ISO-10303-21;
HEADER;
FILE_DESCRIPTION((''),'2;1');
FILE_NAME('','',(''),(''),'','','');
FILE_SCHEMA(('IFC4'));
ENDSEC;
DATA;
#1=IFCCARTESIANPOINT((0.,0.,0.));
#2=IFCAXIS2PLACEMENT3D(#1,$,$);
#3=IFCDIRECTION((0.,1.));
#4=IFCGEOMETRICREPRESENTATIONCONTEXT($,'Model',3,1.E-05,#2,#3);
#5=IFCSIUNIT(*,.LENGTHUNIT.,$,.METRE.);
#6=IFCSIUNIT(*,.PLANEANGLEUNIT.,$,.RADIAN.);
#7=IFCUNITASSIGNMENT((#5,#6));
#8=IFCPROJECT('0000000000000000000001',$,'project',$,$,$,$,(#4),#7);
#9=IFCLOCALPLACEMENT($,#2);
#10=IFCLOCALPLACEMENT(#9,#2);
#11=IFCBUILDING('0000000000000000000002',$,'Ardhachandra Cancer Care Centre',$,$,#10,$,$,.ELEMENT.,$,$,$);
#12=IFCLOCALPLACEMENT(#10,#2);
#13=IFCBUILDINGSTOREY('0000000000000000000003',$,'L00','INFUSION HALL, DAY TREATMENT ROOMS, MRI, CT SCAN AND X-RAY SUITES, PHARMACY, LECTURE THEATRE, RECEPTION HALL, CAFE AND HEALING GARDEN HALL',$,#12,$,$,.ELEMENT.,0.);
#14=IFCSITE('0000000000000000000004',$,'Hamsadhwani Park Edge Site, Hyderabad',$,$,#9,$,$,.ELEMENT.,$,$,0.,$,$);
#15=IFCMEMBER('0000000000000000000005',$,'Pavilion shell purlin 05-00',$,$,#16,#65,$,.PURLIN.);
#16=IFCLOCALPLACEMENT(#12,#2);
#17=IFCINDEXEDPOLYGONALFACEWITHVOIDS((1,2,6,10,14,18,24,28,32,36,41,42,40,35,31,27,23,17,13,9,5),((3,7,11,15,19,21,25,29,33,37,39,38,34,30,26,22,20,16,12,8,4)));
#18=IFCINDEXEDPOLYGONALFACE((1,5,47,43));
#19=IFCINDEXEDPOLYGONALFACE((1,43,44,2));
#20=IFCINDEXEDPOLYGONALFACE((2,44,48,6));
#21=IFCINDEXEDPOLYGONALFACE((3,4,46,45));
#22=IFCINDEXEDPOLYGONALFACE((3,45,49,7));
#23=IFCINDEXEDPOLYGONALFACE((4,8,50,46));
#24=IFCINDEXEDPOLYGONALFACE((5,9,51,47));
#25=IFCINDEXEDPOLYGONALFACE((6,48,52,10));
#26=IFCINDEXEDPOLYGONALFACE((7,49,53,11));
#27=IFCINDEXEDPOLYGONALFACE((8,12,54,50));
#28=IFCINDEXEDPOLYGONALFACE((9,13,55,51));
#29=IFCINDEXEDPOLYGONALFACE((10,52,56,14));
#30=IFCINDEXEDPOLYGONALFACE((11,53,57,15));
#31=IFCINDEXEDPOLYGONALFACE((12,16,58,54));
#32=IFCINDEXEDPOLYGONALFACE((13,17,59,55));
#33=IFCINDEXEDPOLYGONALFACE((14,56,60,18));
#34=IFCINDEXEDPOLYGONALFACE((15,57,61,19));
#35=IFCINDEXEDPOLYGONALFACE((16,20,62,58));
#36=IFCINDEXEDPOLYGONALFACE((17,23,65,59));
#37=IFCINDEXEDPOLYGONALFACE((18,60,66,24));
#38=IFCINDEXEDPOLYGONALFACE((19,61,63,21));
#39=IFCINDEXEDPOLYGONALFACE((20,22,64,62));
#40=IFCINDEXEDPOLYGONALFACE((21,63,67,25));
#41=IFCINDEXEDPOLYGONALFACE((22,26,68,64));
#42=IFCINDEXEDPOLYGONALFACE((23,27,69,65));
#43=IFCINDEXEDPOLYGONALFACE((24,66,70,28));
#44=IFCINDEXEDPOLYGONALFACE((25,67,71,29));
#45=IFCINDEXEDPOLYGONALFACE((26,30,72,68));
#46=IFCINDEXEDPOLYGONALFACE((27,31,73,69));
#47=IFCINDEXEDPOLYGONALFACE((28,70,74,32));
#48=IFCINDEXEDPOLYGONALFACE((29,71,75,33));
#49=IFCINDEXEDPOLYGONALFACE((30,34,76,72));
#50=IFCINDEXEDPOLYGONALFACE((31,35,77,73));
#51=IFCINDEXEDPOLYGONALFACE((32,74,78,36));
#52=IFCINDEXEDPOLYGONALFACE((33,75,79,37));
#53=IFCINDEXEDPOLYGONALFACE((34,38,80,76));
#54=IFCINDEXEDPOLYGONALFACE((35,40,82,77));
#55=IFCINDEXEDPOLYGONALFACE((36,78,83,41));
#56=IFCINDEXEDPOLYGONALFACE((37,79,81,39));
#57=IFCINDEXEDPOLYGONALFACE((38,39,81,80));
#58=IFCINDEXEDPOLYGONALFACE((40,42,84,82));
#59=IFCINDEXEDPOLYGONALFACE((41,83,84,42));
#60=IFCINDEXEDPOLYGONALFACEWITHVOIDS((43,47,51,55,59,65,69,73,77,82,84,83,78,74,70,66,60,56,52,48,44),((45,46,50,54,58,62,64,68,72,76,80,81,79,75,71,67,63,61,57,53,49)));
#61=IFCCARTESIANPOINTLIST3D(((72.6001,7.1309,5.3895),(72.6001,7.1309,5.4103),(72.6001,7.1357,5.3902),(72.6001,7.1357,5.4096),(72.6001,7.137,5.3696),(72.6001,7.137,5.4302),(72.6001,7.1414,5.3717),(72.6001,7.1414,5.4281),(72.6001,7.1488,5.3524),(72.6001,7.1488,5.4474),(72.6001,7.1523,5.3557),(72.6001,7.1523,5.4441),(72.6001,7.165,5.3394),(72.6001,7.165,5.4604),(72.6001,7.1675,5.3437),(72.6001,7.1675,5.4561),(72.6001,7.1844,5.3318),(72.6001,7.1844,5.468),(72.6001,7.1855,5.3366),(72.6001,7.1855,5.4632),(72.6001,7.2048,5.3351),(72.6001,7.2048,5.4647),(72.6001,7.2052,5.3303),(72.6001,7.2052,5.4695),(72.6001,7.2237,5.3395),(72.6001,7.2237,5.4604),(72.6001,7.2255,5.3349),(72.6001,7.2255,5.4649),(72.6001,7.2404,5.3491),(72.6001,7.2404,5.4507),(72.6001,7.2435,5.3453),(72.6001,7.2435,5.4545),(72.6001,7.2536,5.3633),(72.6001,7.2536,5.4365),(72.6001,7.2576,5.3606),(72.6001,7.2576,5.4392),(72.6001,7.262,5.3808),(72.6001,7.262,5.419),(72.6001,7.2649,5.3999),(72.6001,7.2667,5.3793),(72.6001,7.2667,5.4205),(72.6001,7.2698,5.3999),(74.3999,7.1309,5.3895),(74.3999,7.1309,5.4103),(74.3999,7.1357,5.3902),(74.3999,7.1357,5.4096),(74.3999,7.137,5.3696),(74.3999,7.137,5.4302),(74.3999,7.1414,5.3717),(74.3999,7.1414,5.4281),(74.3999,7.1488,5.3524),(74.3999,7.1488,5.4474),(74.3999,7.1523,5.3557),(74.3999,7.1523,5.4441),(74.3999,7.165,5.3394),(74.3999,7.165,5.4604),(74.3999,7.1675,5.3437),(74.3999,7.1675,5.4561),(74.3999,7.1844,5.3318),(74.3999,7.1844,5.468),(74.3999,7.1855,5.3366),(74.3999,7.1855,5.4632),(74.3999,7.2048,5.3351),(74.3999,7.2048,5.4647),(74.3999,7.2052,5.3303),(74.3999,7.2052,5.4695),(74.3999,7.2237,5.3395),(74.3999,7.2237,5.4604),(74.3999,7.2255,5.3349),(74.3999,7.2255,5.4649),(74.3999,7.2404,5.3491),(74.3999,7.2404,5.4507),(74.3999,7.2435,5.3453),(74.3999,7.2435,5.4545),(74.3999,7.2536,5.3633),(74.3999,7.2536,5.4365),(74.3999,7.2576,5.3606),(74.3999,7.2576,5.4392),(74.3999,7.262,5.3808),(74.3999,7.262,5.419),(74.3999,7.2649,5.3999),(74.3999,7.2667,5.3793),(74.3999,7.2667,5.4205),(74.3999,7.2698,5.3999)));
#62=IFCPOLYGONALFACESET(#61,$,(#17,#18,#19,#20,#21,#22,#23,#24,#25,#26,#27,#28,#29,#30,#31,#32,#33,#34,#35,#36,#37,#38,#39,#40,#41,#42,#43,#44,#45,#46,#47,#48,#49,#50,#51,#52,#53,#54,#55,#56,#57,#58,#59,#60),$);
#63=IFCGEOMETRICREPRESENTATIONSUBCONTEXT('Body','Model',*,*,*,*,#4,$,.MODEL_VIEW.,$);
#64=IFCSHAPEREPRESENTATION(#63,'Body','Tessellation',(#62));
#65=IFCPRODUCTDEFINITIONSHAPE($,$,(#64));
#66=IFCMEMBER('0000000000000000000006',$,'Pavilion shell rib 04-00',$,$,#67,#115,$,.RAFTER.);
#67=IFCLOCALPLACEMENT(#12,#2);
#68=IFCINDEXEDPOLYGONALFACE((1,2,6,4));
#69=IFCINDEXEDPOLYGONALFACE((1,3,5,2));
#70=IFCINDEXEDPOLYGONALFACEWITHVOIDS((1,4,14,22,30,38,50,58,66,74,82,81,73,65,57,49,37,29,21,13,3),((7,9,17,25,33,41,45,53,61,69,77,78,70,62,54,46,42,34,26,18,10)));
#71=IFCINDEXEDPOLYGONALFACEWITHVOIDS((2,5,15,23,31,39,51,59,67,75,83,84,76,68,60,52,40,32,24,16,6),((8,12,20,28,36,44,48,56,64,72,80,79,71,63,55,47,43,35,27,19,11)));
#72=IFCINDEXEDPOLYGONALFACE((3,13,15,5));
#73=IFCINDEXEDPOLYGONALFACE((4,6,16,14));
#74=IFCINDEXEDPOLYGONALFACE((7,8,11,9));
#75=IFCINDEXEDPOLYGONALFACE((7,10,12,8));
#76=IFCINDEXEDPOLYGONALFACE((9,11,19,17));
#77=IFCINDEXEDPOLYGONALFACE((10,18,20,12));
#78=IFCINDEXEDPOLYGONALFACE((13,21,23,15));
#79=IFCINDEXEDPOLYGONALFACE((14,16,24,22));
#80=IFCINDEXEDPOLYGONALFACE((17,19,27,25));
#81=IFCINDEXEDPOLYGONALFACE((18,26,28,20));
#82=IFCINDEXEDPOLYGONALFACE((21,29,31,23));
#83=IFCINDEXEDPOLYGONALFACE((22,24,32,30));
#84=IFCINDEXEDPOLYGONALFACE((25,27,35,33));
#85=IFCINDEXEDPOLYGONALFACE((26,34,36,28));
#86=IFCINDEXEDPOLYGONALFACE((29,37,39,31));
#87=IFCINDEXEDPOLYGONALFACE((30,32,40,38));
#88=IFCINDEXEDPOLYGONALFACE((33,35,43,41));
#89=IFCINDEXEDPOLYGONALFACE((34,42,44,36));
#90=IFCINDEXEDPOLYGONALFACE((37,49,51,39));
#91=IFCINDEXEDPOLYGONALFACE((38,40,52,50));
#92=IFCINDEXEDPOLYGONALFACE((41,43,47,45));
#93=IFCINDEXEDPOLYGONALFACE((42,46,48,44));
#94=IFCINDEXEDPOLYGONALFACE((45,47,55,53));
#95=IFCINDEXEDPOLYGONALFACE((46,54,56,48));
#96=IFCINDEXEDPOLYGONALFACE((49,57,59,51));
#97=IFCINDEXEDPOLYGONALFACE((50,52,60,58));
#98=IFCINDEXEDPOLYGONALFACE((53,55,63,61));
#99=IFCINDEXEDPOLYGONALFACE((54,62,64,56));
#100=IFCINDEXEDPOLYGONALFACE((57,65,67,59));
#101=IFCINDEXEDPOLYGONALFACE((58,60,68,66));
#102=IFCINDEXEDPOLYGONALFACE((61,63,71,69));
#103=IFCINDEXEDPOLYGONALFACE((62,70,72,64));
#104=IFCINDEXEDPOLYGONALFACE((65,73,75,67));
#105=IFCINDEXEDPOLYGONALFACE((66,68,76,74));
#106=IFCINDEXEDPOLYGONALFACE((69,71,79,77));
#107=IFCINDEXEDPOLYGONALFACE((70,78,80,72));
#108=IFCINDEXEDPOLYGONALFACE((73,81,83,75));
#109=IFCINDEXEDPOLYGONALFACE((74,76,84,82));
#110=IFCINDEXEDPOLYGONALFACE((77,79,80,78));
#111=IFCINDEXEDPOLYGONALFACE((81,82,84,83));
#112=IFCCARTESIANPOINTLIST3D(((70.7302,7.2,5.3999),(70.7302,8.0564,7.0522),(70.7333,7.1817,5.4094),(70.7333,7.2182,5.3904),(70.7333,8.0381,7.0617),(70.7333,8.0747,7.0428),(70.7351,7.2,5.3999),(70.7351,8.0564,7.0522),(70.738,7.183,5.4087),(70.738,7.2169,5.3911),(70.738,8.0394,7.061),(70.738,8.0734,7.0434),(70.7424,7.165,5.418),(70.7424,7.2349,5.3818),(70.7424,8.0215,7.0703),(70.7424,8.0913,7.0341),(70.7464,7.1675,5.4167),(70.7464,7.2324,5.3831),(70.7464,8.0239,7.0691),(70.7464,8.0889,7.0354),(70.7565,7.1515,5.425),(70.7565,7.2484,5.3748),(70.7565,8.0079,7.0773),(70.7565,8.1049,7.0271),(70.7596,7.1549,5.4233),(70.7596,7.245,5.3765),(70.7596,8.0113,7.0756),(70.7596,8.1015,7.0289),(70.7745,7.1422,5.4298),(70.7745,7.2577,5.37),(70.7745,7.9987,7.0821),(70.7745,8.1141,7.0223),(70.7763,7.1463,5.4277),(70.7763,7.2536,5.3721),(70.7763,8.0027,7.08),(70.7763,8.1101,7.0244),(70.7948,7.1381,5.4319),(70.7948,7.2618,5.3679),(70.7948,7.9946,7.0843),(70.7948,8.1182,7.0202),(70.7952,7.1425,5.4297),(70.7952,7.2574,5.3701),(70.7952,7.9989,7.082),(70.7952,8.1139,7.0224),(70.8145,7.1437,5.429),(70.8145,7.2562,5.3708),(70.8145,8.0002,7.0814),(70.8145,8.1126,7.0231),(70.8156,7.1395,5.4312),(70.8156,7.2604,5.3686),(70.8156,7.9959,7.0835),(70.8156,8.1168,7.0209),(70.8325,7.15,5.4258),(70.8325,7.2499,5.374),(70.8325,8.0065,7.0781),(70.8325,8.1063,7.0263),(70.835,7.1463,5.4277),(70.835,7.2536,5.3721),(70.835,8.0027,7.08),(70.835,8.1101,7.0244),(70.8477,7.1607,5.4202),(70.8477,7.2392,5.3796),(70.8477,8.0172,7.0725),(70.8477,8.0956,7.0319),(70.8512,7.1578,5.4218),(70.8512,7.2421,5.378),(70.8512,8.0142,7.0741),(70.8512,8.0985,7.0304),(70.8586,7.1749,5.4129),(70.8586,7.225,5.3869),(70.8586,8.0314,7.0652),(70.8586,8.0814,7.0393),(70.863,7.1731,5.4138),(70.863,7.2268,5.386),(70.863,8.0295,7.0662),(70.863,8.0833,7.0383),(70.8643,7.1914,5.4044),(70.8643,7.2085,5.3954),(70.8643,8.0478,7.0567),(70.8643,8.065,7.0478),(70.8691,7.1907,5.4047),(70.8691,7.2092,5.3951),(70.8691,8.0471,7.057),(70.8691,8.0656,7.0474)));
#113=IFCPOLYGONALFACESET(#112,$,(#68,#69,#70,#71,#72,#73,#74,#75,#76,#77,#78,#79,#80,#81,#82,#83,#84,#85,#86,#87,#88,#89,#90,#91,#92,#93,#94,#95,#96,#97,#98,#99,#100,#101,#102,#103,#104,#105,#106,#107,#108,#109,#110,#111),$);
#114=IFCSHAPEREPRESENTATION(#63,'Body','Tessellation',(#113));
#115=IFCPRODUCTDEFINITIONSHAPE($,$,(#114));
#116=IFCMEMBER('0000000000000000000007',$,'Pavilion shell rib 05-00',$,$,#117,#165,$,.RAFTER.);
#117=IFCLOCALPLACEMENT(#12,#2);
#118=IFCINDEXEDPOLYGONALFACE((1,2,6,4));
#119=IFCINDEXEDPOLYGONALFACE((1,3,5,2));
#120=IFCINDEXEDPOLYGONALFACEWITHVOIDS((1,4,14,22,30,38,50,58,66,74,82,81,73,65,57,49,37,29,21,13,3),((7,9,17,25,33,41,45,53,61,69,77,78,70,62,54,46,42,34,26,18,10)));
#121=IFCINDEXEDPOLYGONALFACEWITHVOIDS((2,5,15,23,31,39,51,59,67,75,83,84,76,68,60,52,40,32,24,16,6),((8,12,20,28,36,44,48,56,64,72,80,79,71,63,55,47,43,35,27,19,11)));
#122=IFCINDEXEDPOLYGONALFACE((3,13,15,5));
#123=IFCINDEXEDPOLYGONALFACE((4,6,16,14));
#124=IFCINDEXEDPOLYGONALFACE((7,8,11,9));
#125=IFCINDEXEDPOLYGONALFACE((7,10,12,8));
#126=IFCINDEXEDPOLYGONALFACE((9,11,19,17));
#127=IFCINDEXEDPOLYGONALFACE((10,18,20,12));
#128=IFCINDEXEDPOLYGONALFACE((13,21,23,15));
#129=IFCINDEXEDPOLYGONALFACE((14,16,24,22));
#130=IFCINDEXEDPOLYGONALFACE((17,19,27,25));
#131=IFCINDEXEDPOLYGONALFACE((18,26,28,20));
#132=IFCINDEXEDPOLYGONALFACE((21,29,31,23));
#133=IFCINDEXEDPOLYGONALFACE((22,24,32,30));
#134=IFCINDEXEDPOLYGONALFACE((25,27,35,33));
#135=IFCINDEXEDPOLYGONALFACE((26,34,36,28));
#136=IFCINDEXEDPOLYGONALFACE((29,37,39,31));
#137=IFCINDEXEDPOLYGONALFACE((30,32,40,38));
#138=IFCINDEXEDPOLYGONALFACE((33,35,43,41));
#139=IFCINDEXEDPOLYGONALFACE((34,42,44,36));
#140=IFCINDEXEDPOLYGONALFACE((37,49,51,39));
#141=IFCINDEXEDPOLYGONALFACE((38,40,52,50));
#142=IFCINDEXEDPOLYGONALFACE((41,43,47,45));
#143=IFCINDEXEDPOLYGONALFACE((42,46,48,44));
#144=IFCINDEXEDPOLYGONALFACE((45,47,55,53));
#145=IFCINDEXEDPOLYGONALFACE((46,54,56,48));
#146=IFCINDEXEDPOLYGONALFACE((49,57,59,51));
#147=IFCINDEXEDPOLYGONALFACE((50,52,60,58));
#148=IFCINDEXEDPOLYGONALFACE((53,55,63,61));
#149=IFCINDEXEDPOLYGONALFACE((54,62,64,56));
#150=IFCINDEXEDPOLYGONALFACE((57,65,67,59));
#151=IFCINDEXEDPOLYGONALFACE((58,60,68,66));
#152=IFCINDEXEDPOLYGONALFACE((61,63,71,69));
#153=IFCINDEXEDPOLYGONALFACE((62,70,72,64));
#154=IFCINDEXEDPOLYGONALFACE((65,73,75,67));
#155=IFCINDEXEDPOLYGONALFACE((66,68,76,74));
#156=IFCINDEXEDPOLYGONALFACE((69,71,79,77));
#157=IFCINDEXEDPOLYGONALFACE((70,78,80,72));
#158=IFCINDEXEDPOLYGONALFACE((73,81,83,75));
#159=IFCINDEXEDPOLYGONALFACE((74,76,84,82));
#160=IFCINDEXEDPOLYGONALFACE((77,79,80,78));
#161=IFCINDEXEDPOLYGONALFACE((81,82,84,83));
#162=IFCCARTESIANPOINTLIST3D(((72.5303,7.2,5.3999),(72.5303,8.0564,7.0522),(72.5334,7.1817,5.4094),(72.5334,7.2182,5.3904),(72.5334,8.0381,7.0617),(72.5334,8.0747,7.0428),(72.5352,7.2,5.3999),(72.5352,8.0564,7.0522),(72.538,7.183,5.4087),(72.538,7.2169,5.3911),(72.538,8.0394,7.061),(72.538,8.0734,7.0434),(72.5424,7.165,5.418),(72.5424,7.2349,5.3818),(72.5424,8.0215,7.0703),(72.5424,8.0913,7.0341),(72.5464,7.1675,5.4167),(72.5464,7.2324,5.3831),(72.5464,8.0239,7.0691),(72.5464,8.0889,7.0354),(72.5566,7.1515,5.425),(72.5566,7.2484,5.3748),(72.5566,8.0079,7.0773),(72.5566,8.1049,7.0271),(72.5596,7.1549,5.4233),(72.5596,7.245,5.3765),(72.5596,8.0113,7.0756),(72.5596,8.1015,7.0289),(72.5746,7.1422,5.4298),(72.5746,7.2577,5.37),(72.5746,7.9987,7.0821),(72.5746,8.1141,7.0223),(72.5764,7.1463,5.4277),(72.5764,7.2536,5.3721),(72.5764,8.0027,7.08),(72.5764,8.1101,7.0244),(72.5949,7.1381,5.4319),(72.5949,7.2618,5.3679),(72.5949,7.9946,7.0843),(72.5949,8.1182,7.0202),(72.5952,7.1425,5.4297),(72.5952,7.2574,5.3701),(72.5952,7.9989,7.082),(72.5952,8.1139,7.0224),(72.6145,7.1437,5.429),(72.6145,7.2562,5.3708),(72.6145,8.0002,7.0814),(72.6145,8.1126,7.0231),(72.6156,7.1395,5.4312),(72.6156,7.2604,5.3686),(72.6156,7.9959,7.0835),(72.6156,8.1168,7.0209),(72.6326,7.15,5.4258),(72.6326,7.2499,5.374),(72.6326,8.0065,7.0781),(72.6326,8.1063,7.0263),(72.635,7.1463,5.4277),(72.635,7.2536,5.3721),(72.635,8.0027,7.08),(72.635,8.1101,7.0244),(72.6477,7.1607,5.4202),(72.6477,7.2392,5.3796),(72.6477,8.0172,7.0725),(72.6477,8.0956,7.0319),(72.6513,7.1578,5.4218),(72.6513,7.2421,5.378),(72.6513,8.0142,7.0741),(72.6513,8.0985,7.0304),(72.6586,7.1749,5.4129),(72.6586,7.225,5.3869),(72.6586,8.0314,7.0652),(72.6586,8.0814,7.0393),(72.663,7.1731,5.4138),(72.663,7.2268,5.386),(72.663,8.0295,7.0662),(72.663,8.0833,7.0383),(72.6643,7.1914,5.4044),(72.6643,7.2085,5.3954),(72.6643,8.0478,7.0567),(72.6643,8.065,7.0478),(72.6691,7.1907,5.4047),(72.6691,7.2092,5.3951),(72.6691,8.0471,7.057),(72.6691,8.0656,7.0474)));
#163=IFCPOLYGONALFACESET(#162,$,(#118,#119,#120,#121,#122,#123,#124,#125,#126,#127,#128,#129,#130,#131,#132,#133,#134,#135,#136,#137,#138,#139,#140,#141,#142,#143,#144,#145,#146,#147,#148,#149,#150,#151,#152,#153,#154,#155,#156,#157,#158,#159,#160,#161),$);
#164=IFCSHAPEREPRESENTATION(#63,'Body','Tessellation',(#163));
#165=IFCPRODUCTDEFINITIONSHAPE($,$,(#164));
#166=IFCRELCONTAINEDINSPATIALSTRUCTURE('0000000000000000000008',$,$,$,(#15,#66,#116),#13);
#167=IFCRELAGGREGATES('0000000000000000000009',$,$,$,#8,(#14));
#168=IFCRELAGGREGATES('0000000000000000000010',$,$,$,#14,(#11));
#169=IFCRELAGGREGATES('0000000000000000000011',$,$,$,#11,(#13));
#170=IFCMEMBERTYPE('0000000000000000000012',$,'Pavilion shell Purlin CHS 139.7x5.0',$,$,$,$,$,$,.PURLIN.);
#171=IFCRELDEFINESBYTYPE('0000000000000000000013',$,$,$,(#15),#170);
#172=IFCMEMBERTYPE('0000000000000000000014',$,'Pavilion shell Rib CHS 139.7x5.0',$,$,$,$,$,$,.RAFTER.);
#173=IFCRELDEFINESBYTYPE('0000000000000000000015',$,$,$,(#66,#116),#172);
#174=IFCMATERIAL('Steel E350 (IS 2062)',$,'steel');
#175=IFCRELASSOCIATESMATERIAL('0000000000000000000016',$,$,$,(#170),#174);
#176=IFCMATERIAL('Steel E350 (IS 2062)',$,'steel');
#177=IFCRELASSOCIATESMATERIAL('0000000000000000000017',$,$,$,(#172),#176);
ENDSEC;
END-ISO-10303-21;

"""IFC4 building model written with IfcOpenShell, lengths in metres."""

from ifc_helpers import new_model, si_unit, direction, frame, origin, origin_2d, place, context, subcontext, project, spatial, hollow_circle, extrude, material, material_profile, profile_set, type_object, element, save


model = new_model("IFC4")

# Units and contexts
model_context = context("Model", 3, precision=1e-05, world=origin(), true_north=direction((0.0, 1.0)))
body_context = subcontext(model_context, "Body", "Model", "MODEL_VIEW")
ifc_project = project(units=[si_unit("LENGTHUNIT", "METRE"), si_unit("PLANEANGLEUNIT", "RADIAN")], contexts=[model_context])

# Site, building, storey
site_placement = place(None, origin())
site = spatial("IfcSite", under=ifc_project, at=site_placement, Name="Hamsadhwani Park Edge Site, Hyderabad", CompositionType="ELEMENT", RefElevation=0.0)
building_placement = place(site_placement, origin())
building = spatial("IfcBuilding", under=site, at=building_placement, Name="Ardhachandra Cancer Care Centre", CompositionType="ELEMENT")
storey_placement = place(building_placement, origin())
storey = spatial("IfcBuildingStorey", under=building, at=storey_placement, Name="L00", Description="INFUSION HALL, DAY TREATMENT ROOMS, MRI, CT SCAN AND X-RAY SUITES, PHARMACY, LECTURE THEATRE, RECEPTION HALL, CAFE AND HEALING GARDEN HALL", CompositionType="ELEMENT", Elevation=0.0)

# Members
ifc_material_1 = material(Name="Steel E350 (IS 2062)", Category="steel")
ifc_material_profile_1 = material_profile(ifc_material_1, hollow_circle(Radius=0.0698, WallThickness=0.0049, at=origin_2d()), Name="CHS 139.7x5.0")
ifc_profile_set_1 = profile_set([ifc_material_profile_1], Name="Steel E350 (IS 2062)")
member_type_1 = type_object("IfcMemberType", Name="Pavilion shell Purlin CHS 139.7x5.0", PredefinedType="PURLIN", material=ifc_profile_set_1)
member_1_placement = place(storey_placement, frame((72.6001, 7.2, 5.3999), z_axis=(1.0, 0.0, 0.0), x_axis=(0.0, 1.0, 0.0)))
element("IfcMember", 1, at=member_1_placement, inside=storey, type_object=member_type_1, Name="Pavilion shell purlin 05-00", PredefinedType="PURLIN", context=body_context, shape_type="SweptSolid", body=[
    extrude(hollow_circle(Radius=0.0698, WallThickness=0.0049, at=origin_2d()), origin(), (0.0, 0.0, 1.0), 1.7998),
])
ifc_material_2 = material(Name="Steel E350 (IS 2062)", Category="steel")
ifc_material_profile_2 = material_profile(ifc_material_2, hollow_circle(Radius=0.0698, WallThickness=0.0049, at=origin_2d()), Name="CHS 139.7x5.0")
ifc_profile_set_2 = profile_set([ifc_material_profile_2], Name="Steel E350 (IS 2062)")
member_type_2 = type_object("IfcMemberType", Name="Pavilion shell Rib CHS 139.7x5.0", PredefinedType="RAFTER", material=ifc_profile_set_2)
for number, where, z_axis, x_axis, name in (
    (2, (70.8, 7.2, 5.3999), (0.0, 0.460179, 0.887826), (-1.0, 0.0, 0.0), "Pavilion shell rib 04-00"),
    (3, (72.6001, 7.2, 5.3999), (0.0, 0.460179, 0.887826), (-1.0, 0.0, 0.0), "Pavilion shell rib 05-00"),
):
    element("IfcMember", number, at=place(storey_placement, frame(where, z_axis=z_axis, x_axis=x_axis)), inside=storey, type_object=member_type_2, Name=name, PredefinedType="RAFTER", context=body_context, shape_type="SweptSolid", body=[
        extrude(hollow_circle(Radius=0.0698, WallThickness=0.0049, at=origin_2d()), origin(), (0.0, 0.0, 1.0), 1.8611),
    ])

save(model, "model.ifc")
